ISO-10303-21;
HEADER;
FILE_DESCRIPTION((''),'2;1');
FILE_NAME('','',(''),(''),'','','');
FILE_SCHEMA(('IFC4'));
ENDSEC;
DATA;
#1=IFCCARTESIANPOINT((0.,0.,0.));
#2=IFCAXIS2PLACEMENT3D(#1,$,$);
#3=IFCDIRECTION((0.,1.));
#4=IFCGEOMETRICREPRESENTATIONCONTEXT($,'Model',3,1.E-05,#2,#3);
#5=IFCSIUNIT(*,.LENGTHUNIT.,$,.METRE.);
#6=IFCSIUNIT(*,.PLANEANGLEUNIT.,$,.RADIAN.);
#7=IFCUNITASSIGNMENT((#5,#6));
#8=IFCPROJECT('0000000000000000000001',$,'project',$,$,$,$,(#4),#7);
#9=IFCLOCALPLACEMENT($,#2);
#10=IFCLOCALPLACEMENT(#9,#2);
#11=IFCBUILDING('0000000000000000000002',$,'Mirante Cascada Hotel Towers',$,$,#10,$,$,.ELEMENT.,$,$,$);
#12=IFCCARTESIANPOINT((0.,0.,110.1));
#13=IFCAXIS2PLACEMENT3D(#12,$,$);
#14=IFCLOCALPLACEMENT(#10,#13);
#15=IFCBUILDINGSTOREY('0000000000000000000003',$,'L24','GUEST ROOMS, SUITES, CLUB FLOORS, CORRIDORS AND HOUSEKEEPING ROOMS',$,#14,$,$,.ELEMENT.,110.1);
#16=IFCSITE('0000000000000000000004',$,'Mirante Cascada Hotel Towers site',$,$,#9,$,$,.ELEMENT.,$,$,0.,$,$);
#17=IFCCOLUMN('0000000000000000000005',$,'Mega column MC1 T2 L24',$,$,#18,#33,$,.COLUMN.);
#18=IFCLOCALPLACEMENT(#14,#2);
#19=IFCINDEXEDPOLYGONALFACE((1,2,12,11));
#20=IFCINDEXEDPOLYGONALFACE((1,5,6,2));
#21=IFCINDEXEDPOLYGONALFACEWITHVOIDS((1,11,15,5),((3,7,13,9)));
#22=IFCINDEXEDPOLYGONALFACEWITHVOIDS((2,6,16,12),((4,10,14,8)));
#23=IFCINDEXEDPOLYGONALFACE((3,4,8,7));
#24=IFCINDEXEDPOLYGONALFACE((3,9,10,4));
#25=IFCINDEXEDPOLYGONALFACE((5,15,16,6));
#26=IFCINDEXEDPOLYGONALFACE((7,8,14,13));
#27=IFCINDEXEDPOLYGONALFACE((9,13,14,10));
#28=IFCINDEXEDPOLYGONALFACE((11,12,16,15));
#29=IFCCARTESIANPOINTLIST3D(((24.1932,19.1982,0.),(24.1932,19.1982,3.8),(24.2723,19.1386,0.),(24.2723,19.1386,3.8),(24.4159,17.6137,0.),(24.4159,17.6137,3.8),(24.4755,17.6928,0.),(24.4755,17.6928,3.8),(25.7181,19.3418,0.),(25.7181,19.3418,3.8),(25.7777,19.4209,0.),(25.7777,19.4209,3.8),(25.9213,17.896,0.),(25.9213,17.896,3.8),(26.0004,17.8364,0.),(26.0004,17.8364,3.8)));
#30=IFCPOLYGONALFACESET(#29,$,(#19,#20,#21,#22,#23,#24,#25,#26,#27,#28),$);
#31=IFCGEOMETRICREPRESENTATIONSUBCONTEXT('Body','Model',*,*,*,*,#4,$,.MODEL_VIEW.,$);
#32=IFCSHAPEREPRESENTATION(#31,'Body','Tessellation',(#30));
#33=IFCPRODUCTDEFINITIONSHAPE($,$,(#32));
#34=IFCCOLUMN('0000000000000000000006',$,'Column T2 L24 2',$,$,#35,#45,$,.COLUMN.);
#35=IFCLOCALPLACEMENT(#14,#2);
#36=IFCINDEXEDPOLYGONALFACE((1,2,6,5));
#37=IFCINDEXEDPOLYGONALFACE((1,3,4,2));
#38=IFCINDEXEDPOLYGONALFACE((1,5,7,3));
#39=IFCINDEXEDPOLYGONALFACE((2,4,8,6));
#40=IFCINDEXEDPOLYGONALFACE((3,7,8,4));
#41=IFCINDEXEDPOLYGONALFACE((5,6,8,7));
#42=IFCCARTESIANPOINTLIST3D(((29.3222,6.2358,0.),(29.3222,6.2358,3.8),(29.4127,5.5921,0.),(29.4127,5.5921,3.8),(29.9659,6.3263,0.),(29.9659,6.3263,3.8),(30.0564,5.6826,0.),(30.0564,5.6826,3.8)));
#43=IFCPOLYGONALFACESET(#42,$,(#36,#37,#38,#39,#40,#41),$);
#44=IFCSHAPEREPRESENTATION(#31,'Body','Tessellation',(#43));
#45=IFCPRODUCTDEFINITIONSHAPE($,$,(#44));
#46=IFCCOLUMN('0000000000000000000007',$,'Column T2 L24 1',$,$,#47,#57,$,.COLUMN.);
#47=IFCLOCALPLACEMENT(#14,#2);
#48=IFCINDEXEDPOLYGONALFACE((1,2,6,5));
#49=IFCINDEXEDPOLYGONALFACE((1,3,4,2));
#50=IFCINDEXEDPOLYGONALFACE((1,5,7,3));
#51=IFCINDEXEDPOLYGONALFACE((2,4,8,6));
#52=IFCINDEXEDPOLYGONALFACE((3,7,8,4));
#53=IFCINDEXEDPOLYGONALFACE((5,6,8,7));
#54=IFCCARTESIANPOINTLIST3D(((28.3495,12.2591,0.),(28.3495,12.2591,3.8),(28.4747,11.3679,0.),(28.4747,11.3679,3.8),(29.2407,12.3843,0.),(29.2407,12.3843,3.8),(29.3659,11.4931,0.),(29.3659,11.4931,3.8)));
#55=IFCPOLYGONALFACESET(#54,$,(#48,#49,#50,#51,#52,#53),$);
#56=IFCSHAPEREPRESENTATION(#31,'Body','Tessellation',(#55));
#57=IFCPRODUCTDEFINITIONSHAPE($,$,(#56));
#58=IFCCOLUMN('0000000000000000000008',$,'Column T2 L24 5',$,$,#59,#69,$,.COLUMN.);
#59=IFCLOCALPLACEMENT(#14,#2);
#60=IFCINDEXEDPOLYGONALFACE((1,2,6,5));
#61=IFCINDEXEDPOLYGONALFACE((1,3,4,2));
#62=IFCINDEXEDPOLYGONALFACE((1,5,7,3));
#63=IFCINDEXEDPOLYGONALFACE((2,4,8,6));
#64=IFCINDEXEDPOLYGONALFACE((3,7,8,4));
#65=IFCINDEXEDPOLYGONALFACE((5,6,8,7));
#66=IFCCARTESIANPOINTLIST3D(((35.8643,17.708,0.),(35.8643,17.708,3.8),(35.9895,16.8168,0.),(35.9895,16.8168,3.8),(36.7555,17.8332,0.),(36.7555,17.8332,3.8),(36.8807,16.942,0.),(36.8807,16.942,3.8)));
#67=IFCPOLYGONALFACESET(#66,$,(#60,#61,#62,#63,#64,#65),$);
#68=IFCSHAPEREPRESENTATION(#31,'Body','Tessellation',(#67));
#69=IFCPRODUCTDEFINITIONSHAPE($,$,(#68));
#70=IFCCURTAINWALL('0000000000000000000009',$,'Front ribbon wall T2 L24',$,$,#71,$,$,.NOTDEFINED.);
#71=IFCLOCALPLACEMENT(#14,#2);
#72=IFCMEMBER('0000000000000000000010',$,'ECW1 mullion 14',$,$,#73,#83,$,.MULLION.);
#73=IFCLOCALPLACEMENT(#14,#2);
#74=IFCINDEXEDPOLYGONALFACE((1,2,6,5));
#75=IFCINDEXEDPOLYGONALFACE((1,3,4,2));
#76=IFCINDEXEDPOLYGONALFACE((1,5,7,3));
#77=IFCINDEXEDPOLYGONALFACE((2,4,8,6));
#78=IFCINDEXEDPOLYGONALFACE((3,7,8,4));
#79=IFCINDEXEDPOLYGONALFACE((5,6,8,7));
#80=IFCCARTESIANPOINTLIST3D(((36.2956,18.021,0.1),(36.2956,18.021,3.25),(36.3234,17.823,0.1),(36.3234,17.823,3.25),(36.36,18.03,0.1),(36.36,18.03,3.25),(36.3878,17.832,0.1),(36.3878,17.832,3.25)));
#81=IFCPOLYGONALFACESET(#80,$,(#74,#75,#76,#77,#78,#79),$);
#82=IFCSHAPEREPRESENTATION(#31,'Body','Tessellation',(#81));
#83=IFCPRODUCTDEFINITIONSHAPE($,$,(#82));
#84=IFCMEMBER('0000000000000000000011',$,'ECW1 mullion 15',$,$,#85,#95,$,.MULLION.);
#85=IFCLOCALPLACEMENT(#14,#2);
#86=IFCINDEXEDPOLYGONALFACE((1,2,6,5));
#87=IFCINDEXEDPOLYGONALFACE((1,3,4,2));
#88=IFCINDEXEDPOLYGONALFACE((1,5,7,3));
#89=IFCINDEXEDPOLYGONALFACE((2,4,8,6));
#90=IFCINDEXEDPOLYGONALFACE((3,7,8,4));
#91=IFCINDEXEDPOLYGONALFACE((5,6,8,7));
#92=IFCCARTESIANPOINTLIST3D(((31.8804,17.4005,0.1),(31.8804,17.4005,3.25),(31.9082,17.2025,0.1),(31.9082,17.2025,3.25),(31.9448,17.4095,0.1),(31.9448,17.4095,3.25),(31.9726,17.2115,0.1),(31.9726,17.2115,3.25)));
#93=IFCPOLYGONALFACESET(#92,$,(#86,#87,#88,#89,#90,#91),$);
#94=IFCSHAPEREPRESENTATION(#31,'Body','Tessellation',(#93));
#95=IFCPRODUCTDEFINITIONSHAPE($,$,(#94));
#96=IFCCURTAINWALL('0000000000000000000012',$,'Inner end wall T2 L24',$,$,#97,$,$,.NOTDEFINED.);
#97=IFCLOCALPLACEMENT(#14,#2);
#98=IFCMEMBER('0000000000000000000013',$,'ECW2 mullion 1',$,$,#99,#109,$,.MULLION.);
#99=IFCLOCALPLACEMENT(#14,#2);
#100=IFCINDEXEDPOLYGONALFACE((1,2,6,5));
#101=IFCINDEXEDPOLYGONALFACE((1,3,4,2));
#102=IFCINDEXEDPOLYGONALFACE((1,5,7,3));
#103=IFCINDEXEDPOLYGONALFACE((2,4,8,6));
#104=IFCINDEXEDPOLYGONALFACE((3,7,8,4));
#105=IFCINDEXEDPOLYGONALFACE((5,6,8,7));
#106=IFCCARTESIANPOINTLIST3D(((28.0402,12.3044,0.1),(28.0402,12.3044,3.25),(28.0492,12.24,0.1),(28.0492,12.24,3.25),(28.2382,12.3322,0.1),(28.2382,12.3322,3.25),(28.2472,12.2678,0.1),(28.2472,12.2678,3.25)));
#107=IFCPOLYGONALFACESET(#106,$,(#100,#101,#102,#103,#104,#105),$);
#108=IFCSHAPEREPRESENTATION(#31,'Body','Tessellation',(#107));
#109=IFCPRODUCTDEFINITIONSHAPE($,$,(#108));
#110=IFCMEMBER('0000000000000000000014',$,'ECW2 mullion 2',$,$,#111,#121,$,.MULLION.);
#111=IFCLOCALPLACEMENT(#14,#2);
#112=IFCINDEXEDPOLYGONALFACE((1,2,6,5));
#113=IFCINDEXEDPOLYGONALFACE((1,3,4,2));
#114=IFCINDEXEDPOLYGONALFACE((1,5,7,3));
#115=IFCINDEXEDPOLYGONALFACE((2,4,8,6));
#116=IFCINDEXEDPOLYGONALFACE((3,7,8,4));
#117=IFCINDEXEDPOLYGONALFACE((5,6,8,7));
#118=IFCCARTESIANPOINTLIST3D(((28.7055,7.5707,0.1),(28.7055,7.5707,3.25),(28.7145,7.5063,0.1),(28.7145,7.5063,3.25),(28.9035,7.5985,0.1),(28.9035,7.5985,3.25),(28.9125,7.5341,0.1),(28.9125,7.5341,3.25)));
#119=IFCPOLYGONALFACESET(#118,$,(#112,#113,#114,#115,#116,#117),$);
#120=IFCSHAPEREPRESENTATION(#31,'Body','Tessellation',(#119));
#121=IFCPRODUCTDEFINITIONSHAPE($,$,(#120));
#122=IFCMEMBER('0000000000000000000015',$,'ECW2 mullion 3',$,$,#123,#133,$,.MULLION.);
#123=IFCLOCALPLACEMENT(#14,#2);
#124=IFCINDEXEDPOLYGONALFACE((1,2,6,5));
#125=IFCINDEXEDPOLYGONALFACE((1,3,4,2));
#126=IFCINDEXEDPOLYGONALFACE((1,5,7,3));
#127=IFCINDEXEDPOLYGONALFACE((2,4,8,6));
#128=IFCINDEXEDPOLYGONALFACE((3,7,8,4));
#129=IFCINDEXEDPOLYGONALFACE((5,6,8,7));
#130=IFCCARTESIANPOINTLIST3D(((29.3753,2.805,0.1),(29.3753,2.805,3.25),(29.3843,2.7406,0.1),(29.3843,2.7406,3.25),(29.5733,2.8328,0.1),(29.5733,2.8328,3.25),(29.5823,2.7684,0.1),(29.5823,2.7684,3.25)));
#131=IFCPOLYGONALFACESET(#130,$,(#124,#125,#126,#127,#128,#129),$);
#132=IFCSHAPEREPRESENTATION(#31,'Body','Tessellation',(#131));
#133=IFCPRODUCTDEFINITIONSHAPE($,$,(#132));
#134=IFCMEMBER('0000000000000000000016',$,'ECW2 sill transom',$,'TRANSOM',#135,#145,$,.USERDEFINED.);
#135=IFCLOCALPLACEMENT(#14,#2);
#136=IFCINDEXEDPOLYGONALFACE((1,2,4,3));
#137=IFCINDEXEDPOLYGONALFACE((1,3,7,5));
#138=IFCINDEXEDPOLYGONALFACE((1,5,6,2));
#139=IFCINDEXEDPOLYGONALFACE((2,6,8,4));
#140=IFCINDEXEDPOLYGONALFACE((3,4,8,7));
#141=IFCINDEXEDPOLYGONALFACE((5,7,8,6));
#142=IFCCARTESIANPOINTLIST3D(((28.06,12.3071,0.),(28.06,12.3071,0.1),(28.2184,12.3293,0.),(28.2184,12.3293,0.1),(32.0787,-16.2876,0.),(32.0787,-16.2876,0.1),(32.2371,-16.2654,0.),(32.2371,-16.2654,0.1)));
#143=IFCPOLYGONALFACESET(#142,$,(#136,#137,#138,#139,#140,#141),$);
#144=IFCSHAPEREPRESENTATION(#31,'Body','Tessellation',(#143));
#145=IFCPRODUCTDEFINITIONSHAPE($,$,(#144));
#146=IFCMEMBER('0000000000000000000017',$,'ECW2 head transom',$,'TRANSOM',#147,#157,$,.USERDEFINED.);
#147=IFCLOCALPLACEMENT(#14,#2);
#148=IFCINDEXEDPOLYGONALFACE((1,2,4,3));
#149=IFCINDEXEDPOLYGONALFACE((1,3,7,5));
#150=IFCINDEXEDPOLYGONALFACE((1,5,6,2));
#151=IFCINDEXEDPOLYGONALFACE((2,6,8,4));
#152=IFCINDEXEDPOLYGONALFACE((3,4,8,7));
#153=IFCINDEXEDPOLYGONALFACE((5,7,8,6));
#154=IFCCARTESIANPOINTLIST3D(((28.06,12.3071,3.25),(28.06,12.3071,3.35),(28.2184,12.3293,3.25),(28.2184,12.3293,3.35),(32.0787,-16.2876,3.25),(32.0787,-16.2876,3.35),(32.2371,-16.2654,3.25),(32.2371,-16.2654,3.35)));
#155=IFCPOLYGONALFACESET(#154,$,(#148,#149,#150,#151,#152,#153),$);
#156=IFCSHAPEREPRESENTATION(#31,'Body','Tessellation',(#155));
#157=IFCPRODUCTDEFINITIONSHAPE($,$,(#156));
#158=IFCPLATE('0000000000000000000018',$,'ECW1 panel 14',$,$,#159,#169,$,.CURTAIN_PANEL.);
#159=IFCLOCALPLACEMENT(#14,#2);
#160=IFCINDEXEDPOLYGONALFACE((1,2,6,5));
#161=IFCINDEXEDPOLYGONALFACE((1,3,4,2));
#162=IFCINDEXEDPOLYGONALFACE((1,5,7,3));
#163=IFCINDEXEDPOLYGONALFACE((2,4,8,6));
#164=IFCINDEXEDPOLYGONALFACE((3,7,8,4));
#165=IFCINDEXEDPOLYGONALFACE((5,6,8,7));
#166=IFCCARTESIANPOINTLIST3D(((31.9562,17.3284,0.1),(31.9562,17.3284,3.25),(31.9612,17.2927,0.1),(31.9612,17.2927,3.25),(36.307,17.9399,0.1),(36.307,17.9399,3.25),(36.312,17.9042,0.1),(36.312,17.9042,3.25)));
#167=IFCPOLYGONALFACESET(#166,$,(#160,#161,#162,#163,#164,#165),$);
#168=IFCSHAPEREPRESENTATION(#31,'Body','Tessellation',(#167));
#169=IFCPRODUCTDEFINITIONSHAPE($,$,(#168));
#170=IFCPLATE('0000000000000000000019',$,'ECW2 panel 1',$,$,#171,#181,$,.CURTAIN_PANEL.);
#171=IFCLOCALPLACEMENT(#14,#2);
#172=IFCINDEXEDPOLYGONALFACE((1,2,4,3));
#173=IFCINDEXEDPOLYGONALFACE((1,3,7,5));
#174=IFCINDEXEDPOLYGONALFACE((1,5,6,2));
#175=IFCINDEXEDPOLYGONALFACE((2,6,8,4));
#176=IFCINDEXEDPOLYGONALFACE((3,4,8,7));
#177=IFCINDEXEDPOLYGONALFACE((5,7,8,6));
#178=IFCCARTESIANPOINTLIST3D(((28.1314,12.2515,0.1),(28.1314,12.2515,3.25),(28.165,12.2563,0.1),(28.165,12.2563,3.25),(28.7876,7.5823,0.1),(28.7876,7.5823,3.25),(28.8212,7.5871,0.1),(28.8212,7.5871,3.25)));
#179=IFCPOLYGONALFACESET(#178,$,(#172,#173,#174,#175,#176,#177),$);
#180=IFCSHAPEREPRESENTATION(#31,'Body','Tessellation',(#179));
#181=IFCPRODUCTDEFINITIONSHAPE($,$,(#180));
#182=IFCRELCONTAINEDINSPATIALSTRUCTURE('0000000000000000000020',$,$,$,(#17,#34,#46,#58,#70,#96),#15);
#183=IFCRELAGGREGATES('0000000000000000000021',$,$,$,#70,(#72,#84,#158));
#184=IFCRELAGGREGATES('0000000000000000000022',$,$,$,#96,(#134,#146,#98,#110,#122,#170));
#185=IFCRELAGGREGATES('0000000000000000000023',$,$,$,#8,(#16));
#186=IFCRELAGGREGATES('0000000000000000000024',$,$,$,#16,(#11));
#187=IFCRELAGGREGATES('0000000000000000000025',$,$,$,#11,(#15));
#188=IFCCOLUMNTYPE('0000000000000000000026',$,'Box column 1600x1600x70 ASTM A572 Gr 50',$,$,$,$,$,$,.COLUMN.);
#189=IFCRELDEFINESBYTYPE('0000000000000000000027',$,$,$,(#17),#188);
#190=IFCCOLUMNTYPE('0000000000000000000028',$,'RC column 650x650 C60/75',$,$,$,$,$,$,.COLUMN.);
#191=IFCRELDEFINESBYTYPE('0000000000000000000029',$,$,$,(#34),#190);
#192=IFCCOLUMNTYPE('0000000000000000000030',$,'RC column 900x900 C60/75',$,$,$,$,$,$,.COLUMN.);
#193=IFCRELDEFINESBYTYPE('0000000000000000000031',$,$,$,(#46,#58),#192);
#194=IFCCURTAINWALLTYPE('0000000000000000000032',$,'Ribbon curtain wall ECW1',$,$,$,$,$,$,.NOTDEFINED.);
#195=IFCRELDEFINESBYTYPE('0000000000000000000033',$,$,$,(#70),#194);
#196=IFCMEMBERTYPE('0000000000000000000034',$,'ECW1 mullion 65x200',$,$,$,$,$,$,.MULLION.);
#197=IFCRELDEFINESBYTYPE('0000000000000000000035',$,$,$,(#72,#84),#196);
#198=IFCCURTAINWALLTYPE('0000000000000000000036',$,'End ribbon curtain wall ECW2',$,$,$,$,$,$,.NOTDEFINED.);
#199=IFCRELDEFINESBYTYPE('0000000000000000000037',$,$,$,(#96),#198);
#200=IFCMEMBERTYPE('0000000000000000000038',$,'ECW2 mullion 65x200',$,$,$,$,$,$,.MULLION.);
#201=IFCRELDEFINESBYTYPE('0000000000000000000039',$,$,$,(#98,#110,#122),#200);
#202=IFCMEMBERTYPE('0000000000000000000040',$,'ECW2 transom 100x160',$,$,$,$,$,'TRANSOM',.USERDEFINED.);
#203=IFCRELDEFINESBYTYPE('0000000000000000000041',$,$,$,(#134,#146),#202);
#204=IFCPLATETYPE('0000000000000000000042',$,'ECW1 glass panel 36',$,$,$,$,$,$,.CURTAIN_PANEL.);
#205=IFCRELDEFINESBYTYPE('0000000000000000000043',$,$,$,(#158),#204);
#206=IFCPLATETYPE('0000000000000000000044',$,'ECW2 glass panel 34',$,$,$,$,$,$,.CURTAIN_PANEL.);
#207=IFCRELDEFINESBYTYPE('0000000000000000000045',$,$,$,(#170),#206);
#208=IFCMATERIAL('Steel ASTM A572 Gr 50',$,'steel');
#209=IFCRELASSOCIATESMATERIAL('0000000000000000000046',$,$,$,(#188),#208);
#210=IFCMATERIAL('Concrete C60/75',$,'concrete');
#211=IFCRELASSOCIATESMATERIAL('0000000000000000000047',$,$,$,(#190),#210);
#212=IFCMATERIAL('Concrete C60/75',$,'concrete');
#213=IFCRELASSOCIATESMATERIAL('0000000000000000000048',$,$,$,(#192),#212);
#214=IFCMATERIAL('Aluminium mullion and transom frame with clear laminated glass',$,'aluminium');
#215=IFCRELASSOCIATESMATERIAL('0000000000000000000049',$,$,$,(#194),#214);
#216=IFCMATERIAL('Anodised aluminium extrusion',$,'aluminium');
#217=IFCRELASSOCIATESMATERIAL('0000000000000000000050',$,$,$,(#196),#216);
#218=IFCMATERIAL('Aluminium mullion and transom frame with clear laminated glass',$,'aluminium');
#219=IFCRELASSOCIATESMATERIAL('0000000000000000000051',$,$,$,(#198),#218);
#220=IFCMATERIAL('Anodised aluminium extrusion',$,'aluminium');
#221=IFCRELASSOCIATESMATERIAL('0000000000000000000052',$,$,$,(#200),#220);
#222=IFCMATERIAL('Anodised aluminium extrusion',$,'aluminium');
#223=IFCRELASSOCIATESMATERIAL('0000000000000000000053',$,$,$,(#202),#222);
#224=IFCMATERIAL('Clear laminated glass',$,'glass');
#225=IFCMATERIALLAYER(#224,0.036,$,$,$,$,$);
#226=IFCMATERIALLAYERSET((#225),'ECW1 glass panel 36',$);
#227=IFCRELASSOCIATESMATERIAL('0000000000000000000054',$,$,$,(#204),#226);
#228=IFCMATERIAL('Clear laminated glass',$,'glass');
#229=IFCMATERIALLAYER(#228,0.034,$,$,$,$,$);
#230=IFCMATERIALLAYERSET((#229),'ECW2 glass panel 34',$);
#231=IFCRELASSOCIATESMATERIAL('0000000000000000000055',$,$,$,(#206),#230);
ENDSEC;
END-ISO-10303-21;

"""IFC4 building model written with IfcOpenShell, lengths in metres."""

from ifc_helpers import new_model, si_unit, direction, frame, origin, origin_2d, place, context, subcontext, project, spatial, rectangle, hollow_rectangle, extrude, material, layer, layer_set, material_profile, profile_set, type_object, element, aggregate, save


model = new_model("IFC4")

# Units and contexts
model_context = context("Model", 3, precision=1e-05, world=origin(), true_north=direction((0.0, 1.0)))
body_context = subcontext(model_context, "Body", "Model", "MODEL_VIEW")
ifc_project = project(units=[si_unit("LENGTHUNIT", "METRE"), si_unit("PLANEANGLEUNIT", "RADIAN")], contexts=[model_context])

# Site, building, storey
site_placement = place(None, origin())
site = spatial("IfcSite", under=ifc_project, at=site_placement, Name="Mirante Cascada Hotel Towers site", CompositionType="ELEMENT", RefElevation=0.0)
building_placement = place(site_placement, origin())
building = spatial("IfcBuilding", under=site, at=building_placement, Name="Mirante Cascada Hotel Towers", CompositionType="ELEMENT")
storey_placement = place(building_placement, frame((0.0, 0.0, 110.1)))
storey = spatial("IfcBuildingStorey", under=building, at=storey_placement, Name="L24", Description="GUEST ROOMS, SUITES, CLUB FLOORS, CORRIDORS AND HOUSEKEEPING ROOMS", CompositionType="ELEMENT", Elevation=110.1)

# Columns
ifc_material_1 = material(Name="Steel ASTM A572 Gr 50", Category="steel")
ifc_material_profile_1 = material_profile(ifc_material_1, hollow_rectangle(XDim=1.6, YDim=1.6, WallThickness=0.07, at=origin_2d()), Name="Box column 1600x1600x70 ASTM A572 Gr 50")
ifc_profile_set_1 = profile_set([ifc_material_profile_1], Name="Steel ASTM A572 Gr 50")
column_type_1 = type_object("IfcColumnType", Name="Box column 1600x1600x70 ASTM A572 Gr 50", PredefinedType="COLUMN", material=ifc_profile_set_1)
column_1_placement = place(storey_placement, frame((25.0968, 18.5173, 0.0), z_axis=(0.0, 0.0, 1.0), x_axis=(0.990268, 0.139173, 0.0)))
element("IfcColumn", 1, at=column_1_placement, inside=storey, type_object=column_type_1, Name="Mega column MC1 T2 L24", PredefinedType="COLUMN", context=body_context, shape_type="SweptSolid", body=[
    extrude(hollow_rectangle(XDim=1.6, YDim=1.6, WallThickness=0.07, at=origin_2d()), origin(), (0.0, 0.0, 1.0), 3.8),
])
ifc_material_2 = material(Name="Concrete C60/75", Category="concrete")
ifc_material_profile_2 = material_profile(ifc_material_2, rectangle(XDim=0.65, YDim=0.65, at=origin_2d()), Name="RC column 650x650 C60/75")
ifc_profile_set_2 = profile_set([ifc_material_profile_2], Name="Concrete C60/75")
column_type_2 = type_object("IfcColumnType", Name="RC column 650x650 C60/75", PredefinedType="COLUMN", material=ifc_profile_set_2)
column_2_placement = place(storey_placement, frame((29.6893, 5.9592, 0.0), z_axis=(0.0, 0.0, 1.0), x_axis=(0.990268, 0.139173, 0.0)))
element("IfcColumn", 2, at=column_2_placement, inside=storey, type_object=column_type_2, Name="Column T2 L24 2", PredefinedType="COLUMN", context=body_context, shape_type="SweptSolid", body=[
    extrude(rectangle(XDim=0.65, YDim=0.65, at=origin_2d()), origin(), (0.0, 0.0, 1.0), 3.8),
])
ifc_material_3 = material(Name="Concrete C60/75", Category="concrete")
ifc_material_profile_3 = material_profile(ifc_material_3, rectangle(XDim=0.9, YDim=0.9, at=origin_2d()), Name="RC column 900x900 C60/75")
ifc_profile_set_3 = profile_set([ifc_material_profile_3], Name="Concrete C60/75")
column_type_3 = type_object("IfcColumnType", Name="RC column 900x900 C60/75", PredefinedType="COLUMN", material=ifc_profile_set_3)
for number, where, z_axis, x_axis, name in (
    (3, (28.8577, 11.8761, 0.0), (0.0, 0.0, 1.0), (0.990268, 0.139173, 0.0), "Column T2 L24 1"),
    (4, (36.3725, 17.325, 0.0), (0.0, 0.0, 1.0), (0.990268, 0.139173, 0.0), "Column T2 L24 5"),
):
    element("IfcColumn", number, at=place(storey_placement, frame(where, z_axis=z_axis, x_axis=x_axis)), inside=storey, type_object=column_type_3, Name=name, PredefinedType="COLUMN", context=body_context, shape_type="SweptSolid", body=[
        extrude(rectangle(XDim=0.9, YDim=0.9, at=origin_2d()), origin(), (0.0, 0.0, 1.0), 3.8),
    ])

# Curtain walls, members
ifc_material_4 = material(Name="Aluminium mullion and transom frame with clear laminated glass", Category="aluminium")
curtain_wall_type_1 = type_object("IfcCurtainWallType", Name="Ribbon curtain wall ECW1", PredefinedType="NOTDEFINED", material=ifc_material_4)
curtain_wall_1_placement = place(storey_placement, origin())
curtain_wall_1 = element("IfcCurtainWall", 5, at=curtain_wall_1_placement, inside=storey, type_object=curtain_wall_type_1, Name="Front ribbon wall T2 L24", PredefinedType="NOTDEFINED")
ifc_material_5 = material(Name="Anodised aluminium extrusion", Category="aluminium")
ifc_material_profile_4 = material_profile(ifc_material_5, rectangle(XDim=0.2, YDim=0.065, at=origin_2d()), Name="ECW1 MULLION 65x200")
ifc_profile_set_4 = profile_set([ifc_material_profile_4], Name="Anodised aluminium extrusion")
member_type_1 = type_object("IfcMemberType", Name="ECW1 mullion 65x200", PredefinedType="MULLION", material=ifc_profile_set_4)
member_1_placement = place(storey_placement, frame((36.3417, 17.9265, 0.1), z_axis=(0.0, 0.0, 1.0), x_axis=(0.139173, -0.990268, 0.0)))
member_1 = element("IfcMember", 6, at=member_1_placement, type_object=member_type_1, Name="ECW1 mullion 14", PredefinedType="MULLION", context=body_context, shape_type="SweptSolid", body=[
    extrude(rectangle(XDim=0.2, YDim=0.065, at=origin_2d()), origin(), (0.0, 0.0, 1.0), 3.15),
])
member_2_placement = place(storey_placement, frame((31.9265, 17.306, 0.1), z_axis=(0.0, 0.0, 1.0), x_axis=(0.139173, -0.990268, 0.0)))
member_2 = element("IfcMember", 7, at=member_2_placement, type_object=member_type_1, Name="ECW1 mullion 15", PredefinedType="MULLION", context=body_context, shape_type="SweptSolid", body=[
    extrude(rectangle(XDim=0.2, YDim=0.065, at=origin_2d()), origin(), (0.0, 0.0, 1.0), 3.15),
])
ifc_material_6 = material(Name="Aluminium mullion and transom frame with clear laminated glass", Category="aluminium")
curtain_wall_type_2 = type_object("IfcCurtainWallType", Name="End ribbon curtain wall ECW2", PredefinedType="NOTDEFINED", material=ifc_material_6)
curtain_wall_2_placement = place(storey_placement, origin())
curtain_wall_2 = element("IfcCurtainWall", 8, at=curtain_wall_2_placement, inside=storey, type_object=curtain_wall_type_2, Name="Inner end wall T2 L24", PredefinedType="NOTDEFINED")
ifc_material_7 = material(Name="Anodised aluminium extrusion", Category="aluminium")
ifc_material_profile_5 = material_profile(ifc_material_7, rectangle(XDim=0.2, YDim=0.065, at=origin_2d()), Name="ECW2 MULLION 65x200")
ifc_profile_set_5 = profile_set([ifc_material_profile_5], Name="Anodised aluminium extrusion")
member_type_2 = type_object("IfcMemberType", Name="ECW2 mullion 65x200", PredefinedType="MULLION", material=ifc_profile_set_5)
member_3_placement = place(storey_placement, frame((28.1437, 12.2861, 0.1), z_axis=(0.0, 0.0, 1.0), x_axis=(0.990268, 0.139173, 0.0)))
member_3 = element("IfcMember", 9, at=member_3_placement, type_object=member_type_2, Name="ECW2 mullion 1", PredefinedType="MULLION", context=body_context, shape_type="SweptSolid", body=[
    extrude(rectangle(XDim=0.2, YDim=0.065, at=origin_2d()), origin(), (0.0, 0.0, 1.0), 3.15),
])
member_4_placement = place(storey_placement, frame((28.809, 7.5524, 0.1), z_axis=(0.0, 0.0, 1.0), x_axis=(0.990268, 0.139173, 0.0)))
member_4 = element("IfcMember", 10, at=member_4_placement, type_object=member_type_2, Name="ECW2 mullion 2", PredefinedType="MULLION", context=body_context, shape_type="SweptSolid", body=[
    extrude(rectangle(XDim=0.2, YDim=0.065, at=origin_2d()), origin(), (0.0, 0.0, 1.0), 3.15),
])
member_5_placement = place(storey_placement, frame((29.4788, 2.7867, 0.1), z_axis=(0.0, 0.0, 1.0), x_axis=(0.990268, 0.139173, 0.0)))
member_5 = element("IfcMember", 11, at=member_5_placement, type_object=member_type_2, Name="ECW2 mullion 3", PredefinedType="MULLION", context=body_context, shape_type="SweptSolid", body=[
    extrude(rectangle(XDim=0.2, YDim=0.065, at=origin_2d()), origin(), (0.0, 0.0, 1.0), 3.15),
])
ifc_material_8 = material(Name="Anodised aluminium extrusion", Category="aluminium")
ifc_material_profile_6 = material_profile(ifc_material_8, rectangle(XDim=0.16, YDim=0.1, at=origin_2d()), Name="ECW2 TRANSOM 100x160")
ifc_profile_set_6 = profile_set([ifc_material_profile_6], Name="Anodised aluminium extrusion")
member_type_3 = type_object("IfcMemberType", Name="ECW2 transom 100x160", ElementType="TRANSOM", PredefinedType="USERDEFINED", material=ifc_profile_set_6)
member_6_placement = place(storey_placement, frame((28.1392, 12.3182, 0.05), z_axis=(0.139172, -0.990268, 0.0), x_axis=(0.990268, 0.139172, 0.0)))
member_6 = element("IfcMember", 12, at=member_6_placement, type_object=member_type_3, Name="ECW2 sill transom", ObjectType="TRANSOM", PredefinedType="USERDEFINED", context=body_context, shape_type="SweptSolid", body=[
    extrude(rectangle(XDim=0.16, YDim=0.1, at=origin_2d()), origin(), (0.0, 0.0, 1.0), 28.8757),
])
member_7_placement = place(storey_placement, frame((28.1392, 12.3182, 3.3), z_axis=(0.139172, -0.990268, 0.0), x_axis=(0.990268, 0.139172, 0.0)))
member_7 = element("IfcMember", 13, at=member_7_placement, type_object=member_type_3, Name="ECW2 head transom", ObjectType="TRANSOM", PredefinedType="USERDEFINED", context=body_context, shape_type="SweptSolid", body=[
    extrude(rectangle(XDim=0.16, YDim=0.1, at=origin_2d()), origin(), (0.0, 0.0, 1.0), 28.8757),
])

# Plates
ifc_material_9 = material(Name="Clear laminated glass", Category="glass")
ifc_layer_1 = layer(ifc_material_9, 0.036)
ifc_layer_set_1 = layer_set([ifc_layer_1], Name="ECW1 glass panel 36")
plate_type_1 = type_object("IfcPlateType", Name="ECW1 glass panel 36", PredefinedType="CURTAIN_PANEL", material=ifc_layer_set_1)
plate_1_placement = place(storey_placement, frame((34.1341, 17.6163, 0.1), z_axis=(0.0, 0.0, 1.0), x_axis=(-0.990268, -0.139173, 0.0)))
plate_1 = element("IfcPlate", 14, at=plate_1_placement, type_object=plate_type_1, Name="ECW1 panel 14", PredefinedType="CURTAIN_PANEL", context=body_context, shape_type="SweptSolid", body=[
    extrude(rectangle(XDim=4.3936, YDim=0.036, at=origin_2d()), origin(), (0.0, 0.0, 1.0), 3.15),
])
aggregate(curtain_wall_1, [member_1, member_2, plate_1])
ifc_material_10 = material(Name="Clear laminated glass", Category="glass")
ifc_layer_2 = layer(ifc_material_10, 0.034)
ifc_layer_set_2 = layer_set([ifc_layer_2], Name="ECW2 glass panel 34")
plate_type_2 = type_object("IfcPlateType", Name="ECW2 glass panel 34", PredefinedType="CURTAIN_PANEL", material=ifc_layer_set_2)
plate_2_placement = place(storey_placement, frame((28.4763, 9.9193, 0.1), z_axis=(0.0, 0.0, 1.0), x_axis=(0.139173, -0.990268, 0.0)))
plate_2 = element("IfcPlate", 15, at=plate_2_placement, type_object=plate_type_2, Name="ECW2 panel 1", PredefinedType="CURTAIN_PANEL", context=body_context, shape_type="SweptSolid", body=[
    extrude(rectangle(XDim=4.7151, YDim=0.034, at=origin_2d()), origin(), (0.0, 0.0, 1.0), 3.15),
])
aggregate(curtain_wall_2, [member_6, member_7, member_3, member_4, member_5, plate_2])

save(model, "model.ifc")
